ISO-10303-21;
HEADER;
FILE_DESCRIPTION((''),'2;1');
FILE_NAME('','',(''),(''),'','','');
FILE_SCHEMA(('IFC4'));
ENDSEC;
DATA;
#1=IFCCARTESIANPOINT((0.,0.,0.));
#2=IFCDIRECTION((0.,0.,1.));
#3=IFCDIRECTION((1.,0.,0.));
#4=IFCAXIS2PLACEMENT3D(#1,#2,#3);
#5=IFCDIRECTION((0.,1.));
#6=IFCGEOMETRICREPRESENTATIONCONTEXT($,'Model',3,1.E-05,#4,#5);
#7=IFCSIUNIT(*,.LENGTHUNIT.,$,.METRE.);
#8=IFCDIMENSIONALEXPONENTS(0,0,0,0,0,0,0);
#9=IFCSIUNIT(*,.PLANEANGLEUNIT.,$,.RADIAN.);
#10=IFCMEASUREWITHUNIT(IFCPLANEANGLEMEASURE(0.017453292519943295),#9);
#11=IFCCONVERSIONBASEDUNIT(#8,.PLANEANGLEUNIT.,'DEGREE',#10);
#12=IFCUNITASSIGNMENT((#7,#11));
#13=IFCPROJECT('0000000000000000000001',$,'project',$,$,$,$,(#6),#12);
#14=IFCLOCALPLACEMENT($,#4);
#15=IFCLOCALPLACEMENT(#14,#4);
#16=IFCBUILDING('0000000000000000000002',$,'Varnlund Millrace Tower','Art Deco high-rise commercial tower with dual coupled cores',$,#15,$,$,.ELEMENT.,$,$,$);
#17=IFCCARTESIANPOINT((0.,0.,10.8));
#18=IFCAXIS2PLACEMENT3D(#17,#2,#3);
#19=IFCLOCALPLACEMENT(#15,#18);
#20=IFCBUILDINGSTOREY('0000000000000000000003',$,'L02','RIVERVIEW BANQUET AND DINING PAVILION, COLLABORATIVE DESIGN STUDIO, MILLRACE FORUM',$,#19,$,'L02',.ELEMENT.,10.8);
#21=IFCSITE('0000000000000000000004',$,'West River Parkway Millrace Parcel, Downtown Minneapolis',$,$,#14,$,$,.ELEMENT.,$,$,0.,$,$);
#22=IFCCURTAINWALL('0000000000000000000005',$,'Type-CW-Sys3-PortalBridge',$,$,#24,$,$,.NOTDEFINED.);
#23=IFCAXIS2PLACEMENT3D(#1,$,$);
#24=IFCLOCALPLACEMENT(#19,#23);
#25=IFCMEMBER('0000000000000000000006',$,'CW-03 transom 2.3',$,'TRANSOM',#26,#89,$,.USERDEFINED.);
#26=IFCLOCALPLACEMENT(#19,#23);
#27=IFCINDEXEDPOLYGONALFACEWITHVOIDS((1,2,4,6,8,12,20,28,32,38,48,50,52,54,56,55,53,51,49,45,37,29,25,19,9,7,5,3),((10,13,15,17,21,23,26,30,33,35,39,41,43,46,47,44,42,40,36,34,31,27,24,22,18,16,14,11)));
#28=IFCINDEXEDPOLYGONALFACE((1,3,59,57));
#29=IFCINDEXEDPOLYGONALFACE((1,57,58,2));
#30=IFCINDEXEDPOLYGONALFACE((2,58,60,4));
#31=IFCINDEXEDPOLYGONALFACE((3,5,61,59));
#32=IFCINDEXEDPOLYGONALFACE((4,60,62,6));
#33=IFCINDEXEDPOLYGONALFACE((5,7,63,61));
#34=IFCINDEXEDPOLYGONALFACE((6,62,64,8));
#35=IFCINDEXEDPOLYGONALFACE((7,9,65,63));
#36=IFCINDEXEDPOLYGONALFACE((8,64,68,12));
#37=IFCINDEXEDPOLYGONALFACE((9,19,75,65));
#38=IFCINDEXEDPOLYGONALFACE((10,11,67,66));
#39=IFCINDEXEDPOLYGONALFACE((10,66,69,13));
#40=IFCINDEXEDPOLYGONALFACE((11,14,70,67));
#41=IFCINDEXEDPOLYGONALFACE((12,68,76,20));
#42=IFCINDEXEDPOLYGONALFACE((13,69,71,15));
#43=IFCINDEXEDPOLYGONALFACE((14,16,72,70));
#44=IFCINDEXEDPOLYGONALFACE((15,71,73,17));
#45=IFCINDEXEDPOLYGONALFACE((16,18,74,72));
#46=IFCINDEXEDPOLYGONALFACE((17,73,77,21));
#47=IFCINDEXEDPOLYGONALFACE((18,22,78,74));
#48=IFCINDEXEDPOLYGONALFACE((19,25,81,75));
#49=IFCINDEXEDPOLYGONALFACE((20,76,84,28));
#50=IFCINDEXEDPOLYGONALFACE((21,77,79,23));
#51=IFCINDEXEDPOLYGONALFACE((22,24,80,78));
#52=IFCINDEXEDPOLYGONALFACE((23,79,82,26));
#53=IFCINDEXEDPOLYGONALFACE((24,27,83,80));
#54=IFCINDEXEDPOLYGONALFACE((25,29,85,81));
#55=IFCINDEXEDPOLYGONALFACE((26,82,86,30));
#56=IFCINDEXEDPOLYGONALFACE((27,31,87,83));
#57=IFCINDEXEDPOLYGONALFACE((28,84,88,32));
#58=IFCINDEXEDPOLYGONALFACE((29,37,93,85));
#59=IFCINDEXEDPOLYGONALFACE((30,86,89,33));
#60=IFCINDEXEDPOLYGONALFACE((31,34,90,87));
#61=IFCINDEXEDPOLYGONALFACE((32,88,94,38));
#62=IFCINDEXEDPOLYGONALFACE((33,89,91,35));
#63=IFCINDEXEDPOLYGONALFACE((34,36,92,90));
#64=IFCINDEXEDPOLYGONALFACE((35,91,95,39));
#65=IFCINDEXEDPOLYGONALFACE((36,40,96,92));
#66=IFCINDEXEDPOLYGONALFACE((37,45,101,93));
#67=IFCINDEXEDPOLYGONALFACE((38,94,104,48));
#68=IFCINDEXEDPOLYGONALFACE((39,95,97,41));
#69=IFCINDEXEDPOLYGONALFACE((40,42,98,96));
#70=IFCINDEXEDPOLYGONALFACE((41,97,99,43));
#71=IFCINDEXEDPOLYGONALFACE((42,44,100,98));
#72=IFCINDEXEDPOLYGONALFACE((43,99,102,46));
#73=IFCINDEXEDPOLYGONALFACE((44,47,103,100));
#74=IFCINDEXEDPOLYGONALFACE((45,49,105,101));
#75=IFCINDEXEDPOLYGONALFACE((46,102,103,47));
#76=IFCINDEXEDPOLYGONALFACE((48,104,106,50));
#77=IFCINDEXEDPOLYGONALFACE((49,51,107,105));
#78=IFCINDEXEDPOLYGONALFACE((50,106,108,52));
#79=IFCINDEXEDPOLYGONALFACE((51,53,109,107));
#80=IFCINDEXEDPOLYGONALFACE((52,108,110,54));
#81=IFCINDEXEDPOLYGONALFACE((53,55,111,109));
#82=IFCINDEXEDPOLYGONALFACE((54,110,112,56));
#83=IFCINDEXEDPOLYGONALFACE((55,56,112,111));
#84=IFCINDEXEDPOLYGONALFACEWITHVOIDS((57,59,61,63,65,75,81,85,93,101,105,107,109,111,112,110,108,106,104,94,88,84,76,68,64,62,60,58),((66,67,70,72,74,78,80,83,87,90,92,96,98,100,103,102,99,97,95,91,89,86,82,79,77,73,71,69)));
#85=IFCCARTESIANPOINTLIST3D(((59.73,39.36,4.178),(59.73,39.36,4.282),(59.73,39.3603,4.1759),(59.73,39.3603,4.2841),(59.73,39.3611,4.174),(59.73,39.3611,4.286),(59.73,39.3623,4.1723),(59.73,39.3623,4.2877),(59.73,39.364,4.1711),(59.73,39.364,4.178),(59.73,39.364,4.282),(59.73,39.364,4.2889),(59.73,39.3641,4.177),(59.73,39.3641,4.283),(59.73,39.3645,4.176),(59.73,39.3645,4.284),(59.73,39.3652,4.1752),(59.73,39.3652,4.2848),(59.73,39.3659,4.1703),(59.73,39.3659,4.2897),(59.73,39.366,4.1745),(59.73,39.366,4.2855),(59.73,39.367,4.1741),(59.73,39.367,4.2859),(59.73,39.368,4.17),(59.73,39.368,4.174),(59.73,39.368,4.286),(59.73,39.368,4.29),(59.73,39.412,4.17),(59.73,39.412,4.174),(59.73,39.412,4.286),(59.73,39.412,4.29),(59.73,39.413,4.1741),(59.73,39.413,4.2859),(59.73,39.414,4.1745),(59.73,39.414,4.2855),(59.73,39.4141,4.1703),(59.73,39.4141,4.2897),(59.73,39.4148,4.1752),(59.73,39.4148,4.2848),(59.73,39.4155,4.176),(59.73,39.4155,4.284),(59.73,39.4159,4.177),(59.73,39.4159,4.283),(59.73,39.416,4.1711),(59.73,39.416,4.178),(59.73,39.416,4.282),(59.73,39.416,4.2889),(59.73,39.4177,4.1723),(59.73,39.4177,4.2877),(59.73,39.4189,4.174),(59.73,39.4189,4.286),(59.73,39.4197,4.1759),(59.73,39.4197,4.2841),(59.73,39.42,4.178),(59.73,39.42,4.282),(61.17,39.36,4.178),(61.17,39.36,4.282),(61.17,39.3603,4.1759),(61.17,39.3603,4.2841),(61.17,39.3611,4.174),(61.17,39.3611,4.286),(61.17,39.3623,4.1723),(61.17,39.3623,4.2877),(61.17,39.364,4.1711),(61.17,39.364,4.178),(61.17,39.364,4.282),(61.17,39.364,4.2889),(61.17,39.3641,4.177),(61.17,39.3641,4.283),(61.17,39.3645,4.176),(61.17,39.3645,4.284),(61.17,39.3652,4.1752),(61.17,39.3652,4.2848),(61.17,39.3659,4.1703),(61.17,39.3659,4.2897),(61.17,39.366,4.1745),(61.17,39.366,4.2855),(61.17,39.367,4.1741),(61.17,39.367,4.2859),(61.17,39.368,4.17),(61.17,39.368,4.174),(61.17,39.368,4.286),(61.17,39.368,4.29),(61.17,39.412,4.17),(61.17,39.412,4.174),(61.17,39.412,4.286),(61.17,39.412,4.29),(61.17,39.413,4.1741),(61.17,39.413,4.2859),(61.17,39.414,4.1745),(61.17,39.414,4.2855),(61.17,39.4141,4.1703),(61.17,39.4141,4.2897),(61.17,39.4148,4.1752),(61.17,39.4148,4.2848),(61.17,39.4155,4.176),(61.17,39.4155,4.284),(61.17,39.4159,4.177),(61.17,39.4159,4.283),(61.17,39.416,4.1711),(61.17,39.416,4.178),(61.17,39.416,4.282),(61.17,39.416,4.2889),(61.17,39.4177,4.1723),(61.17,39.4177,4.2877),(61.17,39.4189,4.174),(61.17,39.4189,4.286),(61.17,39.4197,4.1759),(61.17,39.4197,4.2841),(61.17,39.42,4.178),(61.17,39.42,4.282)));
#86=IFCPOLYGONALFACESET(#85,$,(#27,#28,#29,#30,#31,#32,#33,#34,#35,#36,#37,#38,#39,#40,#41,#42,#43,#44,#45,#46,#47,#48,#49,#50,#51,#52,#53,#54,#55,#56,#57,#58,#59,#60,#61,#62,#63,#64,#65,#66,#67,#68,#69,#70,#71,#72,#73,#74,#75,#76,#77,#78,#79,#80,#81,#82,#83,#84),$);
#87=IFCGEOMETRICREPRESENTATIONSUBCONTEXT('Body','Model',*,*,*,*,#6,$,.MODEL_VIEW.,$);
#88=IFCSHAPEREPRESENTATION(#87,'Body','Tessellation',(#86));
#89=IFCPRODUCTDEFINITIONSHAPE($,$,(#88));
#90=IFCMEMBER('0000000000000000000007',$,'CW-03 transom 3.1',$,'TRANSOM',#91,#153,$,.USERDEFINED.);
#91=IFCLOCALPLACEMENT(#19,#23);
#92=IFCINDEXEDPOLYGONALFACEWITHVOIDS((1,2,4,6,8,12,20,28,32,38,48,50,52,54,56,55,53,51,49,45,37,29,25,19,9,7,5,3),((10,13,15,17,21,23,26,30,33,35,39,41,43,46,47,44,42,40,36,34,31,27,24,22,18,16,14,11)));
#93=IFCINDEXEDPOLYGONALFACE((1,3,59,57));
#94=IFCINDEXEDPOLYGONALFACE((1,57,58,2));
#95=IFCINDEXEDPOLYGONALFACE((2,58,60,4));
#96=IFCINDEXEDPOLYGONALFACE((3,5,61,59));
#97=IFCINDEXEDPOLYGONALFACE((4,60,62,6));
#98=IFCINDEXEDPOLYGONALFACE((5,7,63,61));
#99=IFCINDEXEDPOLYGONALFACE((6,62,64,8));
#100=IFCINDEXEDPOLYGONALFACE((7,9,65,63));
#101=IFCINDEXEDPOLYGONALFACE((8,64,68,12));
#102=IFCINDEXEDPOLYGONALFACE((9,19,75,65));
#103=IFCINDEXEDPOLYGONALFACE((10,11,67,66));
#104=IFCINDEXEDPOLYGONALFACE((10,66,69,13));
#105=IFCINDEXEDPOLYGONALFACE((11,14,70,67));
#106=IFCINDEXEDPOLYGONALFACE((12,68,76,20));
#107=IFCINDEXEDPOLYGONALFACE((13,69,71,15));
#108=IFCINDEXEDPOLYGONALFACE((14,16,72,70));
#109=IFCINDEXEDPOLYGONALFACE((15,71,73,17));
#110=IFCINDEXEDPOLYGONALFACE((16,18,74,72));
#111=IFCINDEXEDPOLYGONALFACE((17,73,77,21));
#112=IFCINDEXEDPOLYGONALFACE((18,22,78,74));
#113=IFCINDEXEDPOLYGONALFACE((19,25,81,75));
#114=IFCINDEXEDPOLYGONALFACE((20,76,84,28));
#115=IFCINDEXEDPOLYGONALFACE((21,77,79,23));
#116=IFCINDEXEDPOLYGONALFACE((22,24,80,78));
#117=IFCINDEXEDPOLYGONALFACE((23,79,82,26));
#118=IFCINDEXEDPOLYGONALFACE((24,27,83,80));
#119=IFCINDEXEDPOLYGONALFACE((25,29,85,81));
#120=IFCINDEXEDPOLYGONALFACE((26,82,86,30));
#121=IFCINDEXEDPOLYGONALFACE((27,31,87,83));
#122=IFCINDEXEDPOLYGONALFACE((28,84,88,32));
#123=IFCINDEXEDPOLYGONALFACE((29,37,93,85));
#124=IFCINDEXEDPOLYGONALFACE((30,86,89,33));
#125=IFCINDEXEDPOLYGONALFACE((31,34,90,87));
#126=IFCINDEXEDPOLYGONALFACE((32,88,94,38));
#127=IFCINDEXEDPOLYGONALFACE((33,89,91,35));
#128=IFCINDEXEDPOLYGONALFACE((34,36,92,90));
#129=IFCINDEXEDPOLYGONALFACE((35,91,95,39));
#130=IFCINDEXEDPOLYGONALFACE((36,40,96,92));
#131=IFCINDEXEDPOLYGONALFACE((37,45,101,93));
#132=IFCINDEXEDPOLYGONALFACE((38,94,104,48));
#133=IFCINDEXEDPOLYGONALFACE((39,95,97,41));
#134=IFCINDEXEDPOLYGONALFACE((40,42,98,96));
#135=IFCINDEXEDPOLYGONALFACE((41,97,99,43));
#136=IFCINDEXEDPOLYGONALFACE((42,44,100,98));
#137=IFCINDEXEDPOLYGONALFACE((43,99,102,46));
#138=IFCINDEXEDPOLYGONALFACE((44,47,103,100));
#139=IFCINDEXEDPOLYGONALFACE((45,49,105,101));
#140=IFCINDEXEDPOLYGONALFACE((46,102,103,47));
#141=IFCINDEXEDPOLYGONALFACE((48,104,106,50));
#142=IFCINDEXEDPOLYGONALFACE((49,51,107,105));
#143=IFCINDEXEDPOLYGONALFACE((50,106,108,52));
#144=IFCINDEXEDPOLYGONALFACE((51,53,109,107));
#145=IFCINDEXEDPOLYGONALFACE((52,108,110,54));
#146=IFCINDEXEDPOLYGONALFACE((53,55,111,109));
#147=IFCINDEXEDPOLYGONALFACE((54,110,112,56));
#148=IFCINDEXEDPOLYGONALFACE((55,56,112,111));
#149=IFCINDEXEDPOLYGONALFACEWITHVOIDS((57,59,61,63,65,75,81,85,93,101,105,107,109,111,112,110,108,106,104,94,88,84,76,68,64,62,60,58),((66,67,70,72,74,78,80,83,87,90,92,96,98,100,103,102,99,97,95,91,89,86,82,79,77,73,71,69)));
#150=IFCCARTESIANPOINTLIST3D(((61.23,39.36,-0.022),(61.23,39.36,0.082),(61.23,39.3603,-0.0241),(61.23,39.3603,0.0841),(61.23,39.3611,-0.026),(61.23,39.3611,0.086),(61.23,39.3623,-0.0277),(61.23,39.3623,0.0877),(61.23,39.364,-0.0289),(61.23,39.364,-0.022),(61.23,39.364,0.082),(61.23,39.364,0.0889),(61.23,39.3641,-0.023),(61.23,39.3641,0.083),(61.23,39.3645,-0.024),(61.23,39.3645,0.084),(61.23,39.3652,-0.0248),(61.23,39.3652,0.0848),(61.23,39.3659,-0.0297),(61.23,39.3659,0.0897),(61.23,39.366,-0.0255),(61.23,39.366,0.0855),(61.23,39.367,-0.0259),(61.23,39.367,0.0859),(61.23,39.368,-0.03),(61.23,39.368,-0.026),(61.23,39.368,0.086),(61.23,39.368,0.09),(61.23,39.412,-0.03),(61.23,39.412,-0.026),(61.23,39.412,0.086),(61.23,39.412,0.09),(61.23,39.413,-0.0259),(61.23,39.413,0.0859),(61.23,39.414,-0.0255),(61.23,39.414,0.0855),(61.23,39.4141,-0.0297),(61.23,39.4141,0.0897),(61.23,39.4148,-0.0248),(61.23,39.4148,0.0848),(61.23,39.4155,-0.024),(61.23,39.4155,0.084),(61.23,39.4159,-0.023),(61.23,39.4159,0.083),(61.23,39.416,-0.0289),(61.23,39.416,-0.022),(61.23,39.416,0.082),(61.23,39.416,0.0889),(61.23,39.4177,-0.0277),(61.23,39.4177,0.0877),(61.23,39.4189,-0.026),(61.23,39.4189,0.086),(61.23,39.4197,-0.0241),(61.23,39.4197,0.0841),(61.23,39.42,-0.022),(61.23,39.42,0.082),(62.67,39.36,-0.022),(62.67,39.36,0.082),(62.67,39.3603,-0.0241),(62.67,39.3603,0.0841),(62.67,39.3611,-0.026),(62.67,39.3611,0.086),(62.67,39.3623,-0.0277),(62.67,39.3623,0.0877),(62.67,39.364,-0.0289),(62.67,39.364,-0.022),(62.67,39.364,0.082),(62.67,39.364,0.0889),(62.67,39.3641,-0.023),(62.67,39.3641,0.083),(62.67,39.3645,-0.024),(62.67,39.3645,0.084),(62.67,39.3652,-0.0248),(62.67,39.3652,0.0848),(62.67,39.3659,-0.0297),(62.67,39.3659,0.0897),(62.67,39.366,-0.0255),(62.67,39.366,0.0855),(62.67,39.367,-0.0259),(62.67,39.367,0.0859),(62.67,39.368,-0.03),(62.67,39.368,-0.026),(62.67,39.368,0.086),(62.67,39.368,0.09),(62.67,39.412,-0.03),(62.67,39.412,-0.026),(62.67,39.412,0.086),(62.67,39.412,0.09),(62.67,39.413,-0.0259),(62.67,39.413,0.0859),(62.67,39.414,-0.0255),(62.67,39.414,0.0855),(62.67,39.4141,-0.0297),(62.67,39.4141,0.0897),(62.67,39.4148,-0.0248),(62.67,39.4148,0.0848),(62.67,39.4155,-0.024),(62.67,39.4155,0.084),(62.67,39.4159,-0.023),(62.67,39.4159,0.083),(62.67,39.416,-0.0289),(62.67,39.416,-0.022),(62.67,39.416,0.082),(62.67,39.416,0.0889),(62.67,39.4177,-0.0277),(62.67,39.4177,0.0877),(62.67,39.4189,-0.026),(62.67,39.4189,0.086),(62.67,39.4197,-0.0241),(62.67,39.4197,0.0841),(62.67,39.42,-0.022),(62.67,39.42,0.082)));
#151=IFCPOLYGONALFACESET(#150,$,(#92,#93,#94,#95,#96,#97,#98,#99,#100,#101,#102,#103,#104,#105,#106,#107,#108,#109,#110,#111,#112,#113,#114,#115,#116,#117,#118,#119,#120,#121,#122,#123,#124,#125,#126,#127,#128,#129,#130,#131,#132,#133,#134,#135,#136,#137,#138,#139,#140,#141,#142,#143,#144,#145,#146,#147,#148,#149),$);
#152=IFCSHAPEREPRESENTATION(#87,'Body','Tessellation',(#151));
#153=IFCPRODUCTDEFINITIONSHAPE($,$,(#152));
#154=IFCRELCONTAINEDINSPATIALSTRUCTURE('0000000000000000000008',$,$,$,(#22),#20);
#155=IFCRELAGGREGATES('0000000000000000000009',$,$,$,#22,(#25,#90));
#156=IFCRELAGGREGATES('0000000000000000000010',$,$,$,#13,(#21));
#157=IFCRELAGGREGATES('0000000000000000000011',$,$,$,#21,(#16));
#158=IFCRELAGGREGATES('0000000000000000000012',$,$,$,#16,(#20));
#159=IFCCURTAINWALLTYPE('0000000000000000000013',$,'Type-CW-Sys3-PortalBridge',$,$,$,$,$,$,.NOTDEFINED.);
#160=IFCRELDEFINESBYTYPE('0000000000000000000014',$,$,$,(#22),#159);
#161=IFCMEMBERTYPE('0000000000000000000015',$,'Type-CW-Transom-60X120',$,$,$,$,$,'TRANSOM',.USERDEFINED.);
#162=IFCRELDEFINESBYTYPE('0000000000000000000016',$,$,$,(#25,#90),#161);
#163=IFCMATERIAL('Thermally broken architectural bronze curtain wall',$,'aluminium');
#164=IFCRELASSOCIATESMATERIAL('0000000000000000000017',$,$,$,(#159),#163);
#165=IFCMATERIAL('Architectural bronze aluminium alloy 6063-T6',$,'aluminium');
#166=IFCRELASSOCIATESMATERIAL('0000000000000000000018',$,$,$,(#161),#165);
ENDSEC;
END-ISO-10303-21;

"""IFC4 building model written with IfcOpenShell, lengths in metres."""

from ifc_helpers import new_model, entity, si_unit, converted_unit, direction, frame, origin_with_axes, origin_2d_with_axis, place, context, subcontext, project, spatial, hollow_rectangle, extrude, material, material_profile, profile_set, type_object, element, aggregate, save


model = new_model("IFC4")

# Units and contexts
model_context = context("Model", 3, precision=1e-05, world=origin_with_axes(), true_north=direction((0.0, 1.0)))
body_context = subcontext(model_context, "Body", "Model", "MODEL_VIEW")
ifc_project = project(units=[si_unit("LENGTHUNIT", "METRE"), converted_unit("PLANEANGLEUNIT", "DEGREE", entity("IfcPlaneAngleMeasure", 0.017453292519943295), si_unit("PLANEANGLEUNIT", "RADIAN"), dimensions=[0, 0, 0, 0, 0, 0, 0])], contexts=[model_context])

# Site, building, storey
site_placement = place(None, origin_with_axes())
site = spatial("IfcSite", under=ifc_project, at=site_placement, Name="West River Parkway Millrace Parcel, Downtown Minneapolis", CompositionType="ELEMENT", RefElevation=0.0)
building_placement = place(site_placement, origin_with_axes())
building = spatial("IfcBuilding", under=site, at=building_placement, Name="Varnlund Millrace Tower", Description="Art Deco high-rise commercial tower with dual coupled cores", CompositionType="ELEMENT")
storey_placement = place(building_placement, frame((0.0, 0.0, 10.8), z_axis=(0.0, 0.0, 1.0), x_axis=(1.0, 0.0, 0.0)))
storey = spatial("IfcBuildingStorey", under=building, at=storey_placement, Name="L02", Description="RIVERVIEW BANQUET AND DINING PAVILION, COLLABORATIVE DESIGN STUDIO, MILLRACE FORUM", LongName="L02", CompositionType="ELEMENT", Elevation=10.8)

# Curtain wall, members
ifc_material_1 = material(Name="Thermally broken architectural bronze curtain wall", Category="aluminium")
curtain_wall_type = type_object("IfcCurtainWallType", Name="Type-CW-Sys3-PortalBridge", PredefinedType="NOTDEFINED", material=ifc_material_1)
curtain_wall_placement = place(storey_placement, frame((58.2, 39.39, 0.0), z_axis=(0.0, 0.0, 1.0), x_axis=(1.0, 0.0, 0.0)))
curtain_wall = element("IfcCurtainWall", 1, at=curtain_wall_placement, inside=storey, type_object=curtain_wall_type, Name="Type-CW-Sys3-PortalBridge", PredefinedType="NOTDEFINED")
ifc_material_2 = material(Name="Architectural bronze aluminium alloy 6063-T6", Category="aluminium")
ifc_material_profile_1 = material_profile(ifc_material_2, hollow_rectangle(XDim=0.06, YDim=0.12, WallThickness=0.004, InnerFilletRadius=0.004, OuterFilletRadius=0.008, at=origin_2d_with_axis()), Name="Architectural bronze aluminium alloy 6063-T6")
ifc_profile_set_1 = profile_set([ifc_material_profile_1], Name="Architectural bronze aluminium alloy 6063-T6")
member_type_1 = type_object("IfcMemberType", Name="Type-CW-Transom-60X120", ElementType="TRANSOM", PredefinedType="USERDEFINED", material=ifc_profile_set_1)
member_1_placement = place(storey_placement, frame((59.73, 39.39, 4.23), z_axis=(1.0, 0.0, 0.0), x_axis=(0.0, 1.0, 0.0)))
member_1 = element("IfcMember", 2, at=member_1_placement, type_object=member_type_1, Name="CW-03 transom 2.3", ObjectType="TRANSOM", PredefinedType="USERDEFINED", context=body_context, shape_type="SweptSolid", body=[
    extrude(hollow_rectangle(XDim=0.06, YDim=0.12, WallThickness=0.004, InnerFilletRadius=0.004, OuterFilletRadius=0.008, at=origin_2d_with_axis()), origin_with_axes(), (0.0, 0.0, 1.0), 1.44),
])
member_2_placement = place(storey_placement, frame((61.23, 39.39, 0.03), z_axis=(1.0, 0.0, 0.0), x_axis=(0.0, 1.0, 0.0)))
member_2 = element("IfcMember", 3, at=member_2_placement, type_object=member_type_1, Name="CW-03 transom 3.1", ObjectType="TRANSOM", PredefinedType="USERDEFINED", context=body_context, shape_type="SweptSolid", body=[
    extrude(hollow_rectangle(XDim=0.06, YDim=0.12, WallThickness=0.004, InnerFilletRadius=0.004, OuterFilletRadius=0.008, at=origin_2d_with_axis()), origin_with_axes(), (0.0, 0.0, 1.0), 1.44),
])

aggregate(curtain_wall, [member_1, member_2])

save(model, "model.ifc")
